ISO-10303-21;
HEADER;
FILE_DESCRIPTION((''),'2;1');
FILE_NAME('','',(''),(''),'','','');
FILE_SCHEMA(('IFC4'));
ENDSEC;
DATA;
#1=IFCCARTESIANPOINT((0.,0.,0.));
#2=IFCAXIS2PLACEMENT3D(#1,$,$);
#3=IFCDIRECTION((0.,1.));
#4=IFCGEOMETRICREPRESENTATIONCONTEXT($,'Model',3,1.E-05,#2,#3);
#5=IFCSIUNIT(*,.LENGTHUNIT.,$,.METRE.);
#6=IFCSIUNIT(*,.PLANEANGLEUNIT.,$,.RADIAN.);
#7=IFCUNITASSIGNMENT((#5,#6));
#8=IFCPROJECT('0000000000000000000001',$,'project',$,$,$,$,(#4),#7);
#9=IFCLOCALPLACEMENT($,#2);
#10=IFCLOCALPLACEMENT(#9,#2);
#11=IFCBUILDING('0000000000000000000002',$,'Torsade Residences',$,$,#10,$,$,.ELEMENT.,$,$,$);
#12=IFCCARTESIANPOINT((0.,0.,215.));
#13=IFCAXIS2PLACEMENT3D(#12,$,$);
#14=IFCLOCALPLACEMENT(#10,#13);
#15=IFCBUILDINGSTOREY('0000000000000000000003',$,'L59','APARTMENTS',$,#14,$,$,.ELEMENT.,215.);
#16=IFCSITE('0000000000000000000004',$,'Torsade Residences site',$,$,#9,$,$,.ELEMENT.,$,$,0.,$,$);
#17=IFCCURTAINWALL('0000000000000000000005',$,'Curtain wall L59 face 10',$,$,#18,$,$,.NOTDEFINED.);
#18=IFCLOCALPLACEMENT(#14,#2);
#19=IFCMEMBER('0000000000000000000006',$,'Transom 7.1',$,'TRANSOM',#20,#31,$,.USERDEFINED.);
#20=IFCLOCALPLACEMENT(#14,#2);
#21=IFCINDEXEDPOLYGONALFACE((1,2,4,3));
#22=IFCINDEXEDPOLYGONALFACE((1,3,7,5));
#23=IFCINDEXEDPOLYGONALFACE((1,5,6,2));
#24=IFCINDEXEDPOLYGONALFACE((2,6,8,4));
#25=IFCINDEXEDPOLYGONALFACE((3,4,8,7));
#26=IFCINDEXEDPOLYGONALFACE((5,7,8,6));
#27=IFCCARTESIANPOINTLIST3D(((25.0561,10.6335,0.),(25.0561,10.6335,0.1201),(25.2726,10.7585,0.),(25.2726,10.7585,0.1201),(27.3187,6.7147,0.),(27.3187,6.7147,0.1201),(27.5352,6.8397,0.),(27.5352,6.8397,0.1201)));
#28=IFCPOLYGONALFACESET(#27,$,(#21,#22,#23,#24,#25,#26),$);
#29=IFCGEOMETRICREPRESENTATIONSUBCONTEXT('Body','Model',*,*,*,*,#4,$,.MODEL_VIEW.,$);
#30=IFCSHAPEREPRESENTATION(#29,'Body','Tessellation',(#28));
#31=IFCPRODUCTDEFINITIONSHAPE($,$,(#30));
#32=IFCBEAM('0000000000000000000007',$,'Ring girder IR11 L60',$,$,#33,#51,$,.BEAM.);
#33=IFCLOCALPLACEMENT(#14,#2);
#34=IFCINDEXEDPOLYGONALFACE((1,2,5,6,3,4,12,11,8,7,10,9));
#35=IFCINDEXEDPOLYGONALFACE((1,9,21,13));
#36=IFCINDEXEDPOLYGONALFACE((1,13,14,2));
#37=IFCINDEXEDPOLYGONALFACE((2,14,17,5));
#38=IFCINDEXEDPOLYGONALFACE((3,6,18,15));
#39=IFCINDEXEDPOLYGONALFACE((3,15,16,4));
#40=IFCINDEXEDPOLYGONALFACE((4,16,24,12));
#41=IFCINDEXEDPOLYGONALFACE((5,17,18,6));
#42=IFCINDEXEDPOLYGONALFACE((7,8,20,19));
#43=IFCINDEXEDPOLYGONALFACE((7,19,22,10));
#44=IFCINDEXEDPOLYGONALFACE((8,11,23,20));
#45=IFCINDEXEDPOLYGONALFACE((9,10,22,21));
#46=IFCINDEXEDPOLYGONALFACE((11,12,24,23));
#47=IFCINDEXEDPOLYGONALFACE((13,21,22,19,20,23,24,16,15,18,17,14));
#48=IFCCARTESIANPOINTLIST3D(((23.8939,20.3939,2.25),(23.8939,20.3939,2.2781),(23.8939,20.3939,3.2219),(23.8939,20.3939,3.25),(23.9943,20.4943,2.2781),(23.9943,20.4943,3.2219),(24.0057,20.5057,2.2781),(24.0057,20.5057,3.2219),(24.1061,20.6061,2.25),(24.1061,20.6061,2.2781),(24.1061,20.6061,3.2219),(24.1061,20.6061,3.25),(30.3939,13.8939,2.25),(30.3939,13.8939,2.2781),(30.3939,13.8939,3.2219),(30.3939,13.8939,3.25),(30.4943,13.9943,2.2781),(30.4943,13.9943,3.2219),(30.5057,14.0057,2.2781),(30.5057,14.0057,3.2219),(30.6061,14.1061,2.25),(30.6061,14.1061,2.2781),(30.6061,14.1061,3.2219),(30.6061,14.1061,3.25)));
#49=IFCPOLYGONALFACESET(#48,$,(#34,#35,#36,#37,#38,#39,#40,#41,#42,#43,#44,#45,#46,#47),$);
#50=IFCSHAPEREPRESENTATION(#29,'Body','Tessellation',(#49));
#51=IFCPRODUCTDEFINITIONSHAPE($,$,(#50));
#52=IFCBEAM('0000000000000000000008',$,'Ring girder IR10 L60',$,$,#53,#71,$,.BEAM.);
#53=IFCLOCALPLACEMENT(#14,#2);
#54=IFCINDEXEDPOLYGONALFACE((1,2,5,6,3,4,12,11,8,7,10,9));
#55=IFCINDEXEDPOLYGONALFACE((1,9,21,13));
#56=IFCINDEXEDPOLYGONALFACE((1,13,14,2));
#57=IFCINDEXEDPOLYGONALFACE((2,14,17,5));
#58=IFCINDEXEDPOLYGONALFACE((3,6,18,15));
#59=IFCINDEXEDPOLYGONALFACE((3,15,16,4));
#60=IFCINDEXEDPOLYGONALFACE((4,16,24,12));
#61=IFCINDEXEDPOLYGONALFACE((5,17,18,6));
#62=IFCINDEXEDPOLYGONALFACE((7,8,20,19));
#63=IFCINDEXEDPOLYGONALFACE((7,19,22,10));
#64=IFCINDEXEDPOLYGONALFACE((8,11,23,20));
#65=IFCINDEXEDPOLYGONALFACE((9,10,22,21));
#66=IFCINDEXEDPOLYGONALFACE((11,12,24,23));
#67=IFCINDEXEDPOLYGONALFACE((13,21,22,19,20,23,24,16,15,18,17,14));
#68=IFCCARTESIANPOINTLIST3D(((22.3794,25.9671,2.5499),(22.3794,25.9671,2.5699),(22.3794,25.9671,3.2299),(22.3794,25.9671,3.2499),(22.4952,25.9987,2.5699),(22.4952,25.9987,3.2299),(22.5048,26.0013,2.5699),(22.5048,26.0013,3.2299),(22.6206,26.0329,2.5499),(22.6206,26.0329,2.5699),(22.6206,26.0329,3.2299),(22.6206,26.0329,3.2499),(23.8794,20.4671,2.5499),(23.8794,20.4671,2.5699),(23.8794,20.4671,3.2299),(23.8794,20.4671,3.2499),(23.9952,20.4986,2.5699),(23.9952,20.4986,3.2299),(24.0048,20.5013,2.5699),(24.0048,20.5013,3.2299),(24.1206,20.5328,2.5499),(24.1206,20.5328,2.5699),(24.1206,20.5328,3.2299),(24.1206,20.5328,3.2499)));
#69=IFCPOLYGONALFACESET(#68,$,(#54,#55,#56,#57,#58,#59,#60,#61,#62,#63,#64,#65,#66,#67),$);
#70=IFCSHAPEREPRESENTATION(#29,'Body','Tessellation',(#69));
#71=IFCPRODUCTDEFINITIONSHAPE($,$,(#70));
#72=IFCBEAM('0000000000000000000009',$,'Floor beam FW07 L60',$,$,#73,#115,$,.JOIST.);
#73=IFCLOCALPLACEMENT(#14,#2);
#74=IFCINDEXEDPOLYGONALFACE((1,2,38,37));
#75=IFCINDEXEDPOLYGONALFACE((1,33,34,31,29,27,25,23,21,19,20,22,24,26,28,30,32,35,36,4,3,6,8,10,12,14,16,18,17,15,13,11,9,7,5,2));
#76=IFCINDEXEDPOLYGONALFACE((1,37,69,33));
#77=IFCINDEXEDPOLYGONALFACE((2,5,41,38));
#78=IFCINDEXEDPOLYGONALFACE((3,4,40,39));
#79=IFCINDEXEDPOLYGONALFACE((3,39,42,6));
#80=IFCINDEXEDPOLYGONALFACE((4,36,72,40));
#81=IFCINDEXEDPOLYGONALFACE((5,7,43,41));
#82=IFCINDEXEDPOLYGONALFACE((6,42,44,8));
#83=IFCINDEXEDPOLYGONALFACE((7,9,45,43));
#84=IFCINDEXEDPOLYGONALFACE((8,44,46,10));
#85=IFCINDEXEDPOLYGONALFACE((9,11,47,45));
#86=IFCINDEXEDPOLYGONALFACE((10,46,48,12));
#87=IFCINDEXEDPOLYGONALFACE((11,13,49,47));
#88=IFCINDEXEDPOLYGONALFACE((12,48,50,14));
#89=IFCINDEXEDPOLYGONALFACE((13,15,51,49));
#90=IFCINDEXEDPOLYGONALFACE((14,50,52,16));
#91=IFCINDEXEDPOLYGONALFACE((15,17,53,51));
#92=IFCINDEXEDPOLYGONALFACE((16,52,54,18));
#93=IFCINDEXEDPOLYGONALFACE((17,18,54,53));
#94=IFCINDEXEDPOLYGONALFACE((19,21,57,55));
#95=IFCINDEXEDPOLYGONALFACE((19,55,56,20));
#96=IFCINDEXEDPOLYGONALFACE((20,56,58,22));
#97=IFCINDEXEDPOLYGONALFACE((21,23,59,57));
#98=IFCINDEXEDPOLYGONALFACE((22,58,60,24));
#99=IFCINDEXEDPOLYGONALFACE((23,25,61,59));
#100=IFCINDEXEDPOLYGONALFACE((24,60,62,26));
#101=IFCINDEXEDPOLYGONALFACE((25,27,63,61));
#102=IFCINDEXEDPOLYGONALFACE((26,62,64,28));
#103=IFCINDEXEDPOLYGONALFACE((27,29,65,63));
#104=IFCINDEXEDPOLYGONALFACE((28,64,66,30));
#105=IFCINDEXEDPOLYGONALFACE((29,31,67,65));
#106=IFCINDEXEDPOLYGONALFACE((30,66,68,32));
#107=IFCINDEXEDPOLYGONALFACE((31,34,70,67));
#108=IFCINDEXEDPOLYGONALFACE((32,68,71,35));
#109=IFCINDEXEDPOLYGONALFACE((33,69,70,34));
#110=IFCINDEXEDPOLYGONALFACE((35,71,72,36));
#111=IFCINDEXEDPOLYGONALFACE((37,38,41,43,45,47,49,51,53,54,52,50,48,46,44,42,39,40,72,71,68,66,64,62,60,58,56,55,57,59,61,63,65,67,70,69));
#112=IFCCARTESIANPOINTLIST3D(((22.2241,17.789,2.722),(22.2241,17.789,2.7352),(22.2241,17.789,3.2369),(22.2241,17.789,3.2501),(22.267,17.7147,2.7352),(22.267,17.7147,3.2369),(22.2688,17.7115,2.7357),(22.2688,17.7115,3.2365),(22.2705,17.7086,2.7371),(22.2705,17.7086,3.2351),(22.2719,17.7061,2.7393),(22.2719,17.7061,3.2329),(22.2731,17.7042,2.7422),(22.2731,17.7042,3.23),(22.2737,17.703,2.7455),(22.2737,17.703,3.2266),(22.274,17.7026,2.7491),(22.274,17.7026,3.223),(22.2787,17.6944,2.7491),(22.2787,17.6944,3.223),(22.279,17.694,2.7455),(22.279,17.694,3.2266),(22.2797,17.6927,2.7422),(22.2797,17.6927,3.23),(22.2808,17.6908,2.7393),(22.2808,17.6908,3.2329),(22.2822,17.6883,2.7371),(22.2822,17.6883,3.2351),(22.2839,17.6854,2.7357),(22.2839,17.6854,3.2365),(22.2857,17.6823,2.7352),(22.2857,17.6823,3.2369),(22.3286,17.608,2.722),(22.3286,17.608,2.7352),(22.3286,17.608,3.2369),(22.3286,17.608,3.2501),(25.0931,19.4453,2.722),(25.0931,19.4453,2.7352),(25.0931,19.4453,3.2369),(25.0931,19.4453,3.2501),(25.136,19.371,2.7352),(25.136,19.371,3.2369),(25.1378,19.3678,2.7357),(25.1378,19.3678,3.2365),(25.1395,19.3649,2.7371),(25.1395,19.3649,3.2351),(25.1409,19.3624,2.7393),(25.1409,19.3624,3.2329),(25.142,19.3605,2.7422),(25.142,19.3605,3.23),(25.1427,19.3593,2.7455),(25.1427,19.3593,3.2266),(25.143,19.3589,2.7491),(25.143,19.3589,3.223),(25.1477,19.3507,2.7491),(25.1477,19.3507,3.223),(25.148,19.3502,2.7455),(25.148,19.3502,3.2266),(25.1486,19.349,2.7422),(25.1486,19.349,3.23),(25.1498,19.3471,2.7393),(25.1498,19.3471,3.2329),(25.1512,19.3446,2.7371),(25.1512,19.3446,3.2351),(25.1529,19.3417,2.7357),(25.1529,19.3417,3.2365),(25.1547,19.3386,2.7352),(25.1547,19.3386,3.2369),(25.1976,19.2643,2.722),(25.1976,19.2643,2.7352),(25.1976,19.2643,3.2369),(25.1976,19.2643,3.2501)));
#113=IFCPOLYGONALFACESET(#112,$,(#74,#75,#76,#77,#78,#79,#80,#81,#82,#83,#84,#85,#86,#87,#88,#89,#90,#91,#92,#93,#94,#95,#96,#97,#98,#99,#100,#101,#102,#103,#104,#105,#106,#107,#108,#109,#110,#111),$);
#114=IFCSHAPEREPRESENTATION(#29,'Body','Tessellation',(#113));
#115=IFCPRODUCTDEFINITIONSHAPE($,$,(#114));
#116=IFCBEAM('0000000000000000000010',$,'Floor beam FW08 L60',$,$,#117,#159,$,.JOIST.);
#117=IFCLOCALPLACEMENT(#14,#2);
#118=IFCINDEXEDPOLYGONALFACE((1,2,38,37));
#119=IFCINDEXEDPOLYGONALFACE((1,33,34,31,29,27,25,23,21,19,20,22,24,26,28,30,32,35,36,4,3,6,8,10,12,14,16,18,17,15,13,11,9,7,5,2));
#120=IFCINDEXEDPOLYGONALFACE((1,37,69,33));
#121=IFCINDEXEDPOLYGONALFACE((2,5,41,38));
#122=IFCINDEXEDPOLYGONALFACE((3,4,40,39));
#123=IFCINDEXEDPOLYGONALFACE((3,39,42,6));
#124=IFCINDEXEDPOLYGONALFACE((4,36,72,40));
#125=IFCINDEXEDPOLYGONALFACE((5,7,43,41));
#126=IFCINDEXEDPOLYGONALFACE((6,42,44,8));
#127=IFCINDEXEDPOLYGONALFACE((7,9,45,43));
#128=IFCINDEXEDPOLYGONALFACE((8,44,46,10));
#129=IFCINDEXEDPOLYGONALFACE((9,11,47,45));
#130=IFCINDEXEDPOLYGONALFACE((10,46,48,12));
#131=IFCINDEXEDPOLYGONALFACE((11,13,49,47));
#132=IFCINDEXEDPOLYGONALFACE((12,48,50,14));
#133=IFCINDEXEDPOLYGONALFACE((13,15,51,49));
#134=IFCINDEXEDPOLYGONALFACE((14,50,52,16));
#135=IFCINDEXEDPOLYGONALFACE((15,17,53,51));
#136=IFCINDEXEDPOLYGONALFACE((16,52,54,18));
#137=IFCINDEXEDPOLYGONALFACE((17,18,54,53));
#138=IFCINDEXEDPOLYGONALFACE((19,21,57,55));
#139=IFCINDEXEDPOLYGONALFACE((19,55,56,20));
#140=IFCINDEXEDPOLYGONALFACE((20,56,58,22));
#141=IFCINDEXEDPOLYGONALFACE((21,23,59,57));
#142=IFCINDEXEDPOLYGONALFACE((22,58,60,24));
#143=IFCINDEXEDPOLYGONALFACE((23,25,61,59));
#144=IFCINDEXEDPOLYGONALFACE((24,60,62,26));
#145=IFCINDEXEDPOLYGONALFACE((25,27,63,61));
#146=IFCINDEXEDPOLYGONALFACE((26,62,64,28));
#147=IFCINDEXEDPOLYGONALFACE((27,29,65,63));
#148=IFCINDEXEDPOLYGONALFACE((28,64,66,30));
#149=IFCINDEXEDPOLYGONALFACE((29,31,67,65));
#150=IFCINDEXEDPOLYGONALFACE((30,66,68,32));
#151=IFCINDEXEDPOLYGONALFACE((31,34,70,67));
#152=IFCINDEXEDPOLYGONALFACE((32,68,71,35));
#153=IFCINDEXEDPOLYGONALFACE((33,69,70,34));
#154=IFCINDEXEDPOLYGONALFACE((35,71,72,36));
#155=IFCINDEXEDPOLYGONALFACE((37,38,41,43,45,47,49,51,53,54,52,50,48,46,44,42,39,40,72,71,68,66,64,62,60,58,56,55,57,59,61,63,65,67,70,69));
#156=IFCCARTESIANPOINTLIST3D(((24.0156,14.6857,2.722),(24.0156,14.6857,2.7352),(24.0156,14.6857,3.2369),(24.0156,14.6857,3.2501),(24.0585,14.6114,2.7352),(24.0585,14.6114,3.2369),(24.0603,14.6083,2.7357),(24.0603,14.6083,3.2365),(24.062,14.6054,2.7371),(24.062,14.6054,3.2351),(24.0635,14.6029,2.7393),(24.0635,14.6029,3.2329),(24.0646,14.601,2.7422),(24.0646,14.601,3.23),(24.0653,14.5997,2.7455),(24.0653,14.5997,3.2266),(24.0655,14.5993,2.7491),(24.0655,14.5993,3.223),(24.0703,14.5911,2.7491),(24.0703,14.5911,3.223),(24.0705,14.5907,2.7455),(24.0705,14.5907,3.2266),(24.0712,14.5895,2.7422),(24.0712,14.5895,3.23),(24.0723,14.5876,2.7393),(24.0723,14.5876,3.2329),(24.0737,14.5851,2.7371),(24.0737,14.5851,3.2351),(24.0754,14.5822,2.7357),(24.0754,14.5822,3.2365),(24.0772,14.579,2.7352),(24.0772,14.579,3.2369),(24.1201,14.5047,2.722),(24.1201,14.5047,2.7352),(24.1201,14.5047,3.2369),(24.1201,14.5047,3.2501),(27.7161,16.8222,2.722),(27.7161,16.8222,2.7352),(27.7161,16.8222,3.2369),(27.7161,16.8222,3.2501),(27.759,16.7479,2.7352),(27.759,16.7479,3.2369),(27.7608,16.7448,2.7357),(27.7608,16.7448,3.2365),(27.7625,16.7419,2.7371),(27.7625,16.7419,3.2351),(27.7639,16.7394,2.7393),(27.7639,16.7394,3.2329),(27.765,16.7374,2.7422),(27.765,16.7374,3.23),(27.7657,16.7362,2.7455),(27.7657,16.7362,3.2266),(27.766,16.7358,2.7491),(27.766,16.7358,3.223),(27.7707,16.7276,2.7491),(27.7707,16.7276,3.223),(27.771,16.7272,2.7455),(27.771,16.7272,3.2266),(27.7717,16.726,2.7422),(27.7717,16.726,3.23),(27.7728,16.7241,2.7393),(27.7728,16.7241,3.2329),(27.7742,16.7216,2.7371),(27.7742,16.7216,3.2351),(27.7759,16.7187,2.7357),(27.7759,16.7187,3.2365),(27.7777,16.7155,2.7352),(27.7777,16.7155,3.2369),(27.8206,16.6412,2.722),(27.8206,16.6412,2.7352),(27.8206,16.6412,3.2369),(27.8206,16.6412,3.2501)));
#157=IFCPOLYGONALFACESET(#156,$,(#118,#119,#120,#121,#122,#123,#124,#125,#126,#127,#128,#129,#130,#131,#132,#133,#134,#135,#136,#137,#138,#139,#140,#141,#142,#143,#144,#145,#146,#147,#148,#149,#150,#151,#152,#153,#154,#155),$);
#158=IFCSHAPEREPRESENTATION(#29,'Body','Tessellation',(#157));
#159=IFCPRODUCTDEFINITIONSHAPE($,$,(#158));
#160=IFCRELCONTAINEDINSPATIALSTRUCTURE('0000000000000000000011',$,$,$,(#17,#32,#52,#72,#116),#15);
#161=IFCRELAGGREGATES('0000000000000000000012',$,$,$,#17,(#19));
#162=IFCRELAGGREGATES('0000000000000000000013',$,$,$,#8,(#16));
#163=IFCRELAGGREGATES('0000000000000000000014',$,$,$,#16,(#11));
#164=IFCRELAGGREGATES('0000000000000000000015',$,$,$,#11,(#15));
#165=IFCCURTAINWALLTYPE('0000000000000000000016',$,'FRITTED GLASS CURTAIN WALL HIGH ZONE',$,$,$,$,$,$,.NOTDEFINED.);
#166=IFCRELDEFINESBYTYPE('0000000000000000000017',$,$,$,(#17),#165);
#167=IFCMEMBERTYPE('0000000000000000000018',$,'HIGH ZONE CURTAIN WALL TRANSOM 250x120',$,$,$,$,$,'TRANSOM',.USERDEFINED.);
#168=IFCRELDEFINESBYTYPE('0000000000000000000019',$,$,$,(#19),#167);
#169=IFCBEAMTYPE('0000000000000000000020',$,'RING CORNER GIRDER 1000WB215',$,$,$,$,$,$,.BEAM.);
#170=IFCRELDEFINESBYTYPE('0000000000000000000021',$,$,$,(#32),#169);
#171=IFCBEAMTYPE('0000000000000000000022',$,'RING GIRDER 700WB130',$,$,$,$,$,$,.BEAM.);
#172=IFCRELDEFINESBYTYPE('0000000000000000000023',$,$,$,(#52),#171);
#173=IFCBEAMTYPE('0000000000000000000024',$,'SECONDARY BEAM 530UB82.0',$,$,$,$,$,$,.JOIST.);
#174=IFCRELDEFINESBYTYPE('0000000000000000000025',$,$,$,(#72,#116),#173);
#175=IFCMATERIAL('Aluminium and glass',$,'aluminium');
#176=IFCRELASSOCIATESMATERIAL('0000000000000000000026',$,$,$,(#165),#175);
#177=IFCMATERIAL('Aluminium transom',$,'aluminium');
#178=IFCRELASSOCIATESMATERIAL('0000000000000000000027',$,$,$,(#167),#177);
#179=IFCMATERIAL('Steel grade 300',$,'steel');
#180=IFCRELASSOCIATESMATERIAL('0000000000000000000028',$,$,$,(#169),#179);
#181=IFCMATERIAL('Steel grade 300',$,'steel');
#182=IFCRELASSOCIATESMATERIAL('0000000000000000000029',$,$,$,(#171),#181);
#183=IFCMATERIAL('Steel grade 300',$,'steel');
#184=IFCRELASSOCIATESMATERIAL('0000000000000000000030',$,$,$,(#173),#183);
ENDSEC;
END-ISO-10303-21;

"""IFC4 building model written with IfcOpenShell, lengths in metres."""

from ifc_helpers import new_model, si_unit, direction, frame, origin, origin_2d, place, context, subcontext, project, spatial, rectangle, i_section, extrude, material, material_profile, profile_set, type_object, element, aggregate, save


model = new_model("IFC4")

# Units and contexts
model_context = context("Model", 3, precision=1e-05, world=origin(), true_north=direction((0.0, 1.0)))
body_context = subcontext(model_context, "Body", "Model", "MODEL_VIEW")
ifc_project = project(units=[si_unit("LENGTHUNIT", "METRE"), si_unit("PLANEANGLEUNIT", "RADIAN")], contexts=[model_context])

# Site, building, storey
site_placement = place(None, origin())
site = spatial("IfcSite", under=ifc_project, at=site_placement, Name="Torsade Residences site", CompositionType="ELEMENT", RefElevation=0.0)
building_placement = place(site_placement, origin())
building = spatial("IfcBuilding", under=site, at=building_placement, Name="Torsade Residences", CompositionType="ELEMENT")
storey_placement = place(building_placement, frame((0.0, 0.0, 215.0)))
storey = spatial("IfcBuildingStorey", under=building, at=storey_placement, Name="L59", Description="APARTMENTS", CompositionType="ELEMENT", Elevation=215.0)

# Curtain wall, member
ifc_material_1 = material(Name="Aluminium and glass", Category="aluminium")
curtain_wall_type = type_object("IfcCurtainWallType", Name="FRITTED GLASS CURTAIN WALL HIGH ZONE", PredefinedType="NOTDEFINED", material=ifc_material_1)
curtain_wall_placement = place(storey_placement, origin())
curtain_wall = element("IfcCurtainWall", 1, at=curtain_wall_placement, inside=storey, type_object=curtain_wall_type, Name="Curtain wall L59 face 10", PredefinedType="NOTDEFINED")
ifc_material_2 = material(Name="Aluminium transom", Category="aluminium")
ifc_material_profile_1 = material_profile(ifc_material_2, rectangle(XDim=0.25, YDim=0.1201, at=origin_2d()), Name="HIGH ZONE CURTAIN WALL TRANSOM 250x120")
ifc_profile_set_1 = profile_set([ifc_material_profile_1], Name="Aluminium transom")
member_type_1 = type_object("IfcMemberType", Name="HIGH ZONE CURTAIN WALL TRANSOM 250x120", ElementType="TRANSOM", PredefinedType="USERDEFINED", material=ifc_profile_set_1)
member_1_placement = place(storey_placement, frame((25.1643, 10.696, 0.0601), z_axis=(0.500015, -0.866017, 0.0), x_axis=(0.866017, 0.500015, 0.0)))
member_1 = element("IfcMember", 2, at=member_1_placement, type_object=member_type_1, Name="Transom 7.1", ObjectType="TRANSOM", PredefinedType="USERDEFINED", context=body_context, shape_type="SweptSolid", body=[
    extrude(rectangle(XDim=0.25, YDim=0.1201, at=origin_2d()), origin(), (0.0, 0.0, 1.0), 4.5251),
])

# Beams
ifc_material_3 = material(Name="Steel grade 300", Category="steel")
ifc_material_profile_2 = material_profile(ifc_material_3, i_section(OverallWidth=0.3, OverallDepth=1.0, WebThickness=0.0161, FlangeThickness=0.0281, at=origin_2d()), Name="1000WB215")
ifc_profile_set_2 = profile_set([ifc_material_profile_2], Name="Steel grade 300")
beam_type_1 = type_object("IfcBeamType", Name="RING CORNER GIRDER 1000WB215", PredefinedType="BEAM", material=ifc_profile_set_2)
beam_1_placement = place(storey_placement, frame((24.0, 20.5, 2.75), z_axis=(0.707107, -0.707107, 0.0), x_axis=(0.707107, 0.707107, 0.0)))
element("IfcBeam", 3, at=beam_1_placement, inside=storey, type_object=beam_type_1, Name="Ring girder IR11 L60", PredefinedType="BEAM", context=body_context, shape_type="SweptSolid", body=[
    extrude(i_section(OverallWidth=0.3, OverallDepth=1.0, WebThickness=0.0161, FlangeThickness=0.0281, at=origin_2d()), origin(), (0.0, 0.0, 1.0), 9.1924),
])
ifc_material_4 = material(Name="Steel grade 300", Category="steel")
ifc_material_profile_3 = material_profile(ifc_material_4, i_section(OverallWidth=0.25, OverallDepth=0.7, WebThickness=0.01, FlangeThickness=0.02, at=origin_2d()), Name="700WB130")
ifc_profile_set_3 = profile_set([ifc_material_profile_3], Name="Steel grade 300")
beam_type_2 = type_object("IfcBeamType", Name="RING GIRDER 700WB130", PredefinedType="BEAM", material=ifc_profile_set_3)
beam_2_placement = place(storey_placement, frame((22.5, 26.0, 2.8999), z_axis=(0.263117, -0.964764, 0.0), x_axis=(0.964764, 0.263117, 0.0)))
element("IfcBeam", 4, at=beam_2_placement, inside=storey, type_object=beam_type_2, Name="Ring girder IR10 L60", PredefinedType="BEAM", context=body_context, shape_type="SweptSolid", body=[
    extrude(i_section(OverallWidth=0.25, OverallDepth=0.7, WebThickness=0.01, FlangeThickness=0.02, at=origin_2d()), origin(), (0.0, 0.0, 1.0), 5.7009),
])
ifc_material_5 = material(Name="Steel grade 300", Category="steel")
ifc_material_profile_4 = material_profile(ifc_material_5, i_section(OverallWidth=0.209, OverallDepth=0.5281, WebThickness=0.0095, FlangeThickness=0.0132, FilletRadius=0.0139, at=origin_2d()), Name="530UB82.0")
ifc_profile_set_4 = profile_set([ifc_material_profile_4], Name="Steel grade 300")
beam_type_3 = type_object("IfcBeamType", Name="SECONDARY BEAM 530UB82.0", PredefinedType="JOIST", material=ifc_profile_set_4)
beam_3_placement = place(storey_placement, frame((22.2764, 17.6985, 2.9861), z_axis=(0.86604, 0.499976, 0.0), x_axis=(-0.499976, 0.86604, 0.0)))
element("IfcBeam", 5, at=beam_3_placement, inside=storey, type_object=beam_type_3, Name="Floor beam FW07 L60", PredefinedType="JOIST", context=body_context, shape_type="SweptSolid", body=[
    extrude(i_section(OverallWidth=0.209, OverallDepth=0.5281, WebThickness=0.0095, FlangeThickness=0.0132, FilletRadius=0.0139, at=origin_2d()), origin(), (0.0, 0.0, 1.0), 3.3127),
])
beam_4_placement = place(storey_placement, frame((24.0679, 14.5952, 2.9861), z_axis=(0.866023, 0.500004, 0.0), x_axis=(-0.500004, 0.866023, 0.0)))
element("IfcBeam", 6, at=beam_4_placement, inside=storey, type_object=beam_type_3, Name="Floor beam FW08 L60", PredefinedType="JOIST", context=body_context, shape_type="SweptSolid", body=[
    extrude(i_section(OverallWidth=0.209, OverallDepth=0.5281, WebThickness=0.0095, FlangeThickness=0.0132, FilletRadius=0.0139, at=origin_2d()), origin(), (0.0, 0.0, 1.0), 4.2729),
])

aggregate(curtain_wall, [member_1])

save(model, "model.ifc")
